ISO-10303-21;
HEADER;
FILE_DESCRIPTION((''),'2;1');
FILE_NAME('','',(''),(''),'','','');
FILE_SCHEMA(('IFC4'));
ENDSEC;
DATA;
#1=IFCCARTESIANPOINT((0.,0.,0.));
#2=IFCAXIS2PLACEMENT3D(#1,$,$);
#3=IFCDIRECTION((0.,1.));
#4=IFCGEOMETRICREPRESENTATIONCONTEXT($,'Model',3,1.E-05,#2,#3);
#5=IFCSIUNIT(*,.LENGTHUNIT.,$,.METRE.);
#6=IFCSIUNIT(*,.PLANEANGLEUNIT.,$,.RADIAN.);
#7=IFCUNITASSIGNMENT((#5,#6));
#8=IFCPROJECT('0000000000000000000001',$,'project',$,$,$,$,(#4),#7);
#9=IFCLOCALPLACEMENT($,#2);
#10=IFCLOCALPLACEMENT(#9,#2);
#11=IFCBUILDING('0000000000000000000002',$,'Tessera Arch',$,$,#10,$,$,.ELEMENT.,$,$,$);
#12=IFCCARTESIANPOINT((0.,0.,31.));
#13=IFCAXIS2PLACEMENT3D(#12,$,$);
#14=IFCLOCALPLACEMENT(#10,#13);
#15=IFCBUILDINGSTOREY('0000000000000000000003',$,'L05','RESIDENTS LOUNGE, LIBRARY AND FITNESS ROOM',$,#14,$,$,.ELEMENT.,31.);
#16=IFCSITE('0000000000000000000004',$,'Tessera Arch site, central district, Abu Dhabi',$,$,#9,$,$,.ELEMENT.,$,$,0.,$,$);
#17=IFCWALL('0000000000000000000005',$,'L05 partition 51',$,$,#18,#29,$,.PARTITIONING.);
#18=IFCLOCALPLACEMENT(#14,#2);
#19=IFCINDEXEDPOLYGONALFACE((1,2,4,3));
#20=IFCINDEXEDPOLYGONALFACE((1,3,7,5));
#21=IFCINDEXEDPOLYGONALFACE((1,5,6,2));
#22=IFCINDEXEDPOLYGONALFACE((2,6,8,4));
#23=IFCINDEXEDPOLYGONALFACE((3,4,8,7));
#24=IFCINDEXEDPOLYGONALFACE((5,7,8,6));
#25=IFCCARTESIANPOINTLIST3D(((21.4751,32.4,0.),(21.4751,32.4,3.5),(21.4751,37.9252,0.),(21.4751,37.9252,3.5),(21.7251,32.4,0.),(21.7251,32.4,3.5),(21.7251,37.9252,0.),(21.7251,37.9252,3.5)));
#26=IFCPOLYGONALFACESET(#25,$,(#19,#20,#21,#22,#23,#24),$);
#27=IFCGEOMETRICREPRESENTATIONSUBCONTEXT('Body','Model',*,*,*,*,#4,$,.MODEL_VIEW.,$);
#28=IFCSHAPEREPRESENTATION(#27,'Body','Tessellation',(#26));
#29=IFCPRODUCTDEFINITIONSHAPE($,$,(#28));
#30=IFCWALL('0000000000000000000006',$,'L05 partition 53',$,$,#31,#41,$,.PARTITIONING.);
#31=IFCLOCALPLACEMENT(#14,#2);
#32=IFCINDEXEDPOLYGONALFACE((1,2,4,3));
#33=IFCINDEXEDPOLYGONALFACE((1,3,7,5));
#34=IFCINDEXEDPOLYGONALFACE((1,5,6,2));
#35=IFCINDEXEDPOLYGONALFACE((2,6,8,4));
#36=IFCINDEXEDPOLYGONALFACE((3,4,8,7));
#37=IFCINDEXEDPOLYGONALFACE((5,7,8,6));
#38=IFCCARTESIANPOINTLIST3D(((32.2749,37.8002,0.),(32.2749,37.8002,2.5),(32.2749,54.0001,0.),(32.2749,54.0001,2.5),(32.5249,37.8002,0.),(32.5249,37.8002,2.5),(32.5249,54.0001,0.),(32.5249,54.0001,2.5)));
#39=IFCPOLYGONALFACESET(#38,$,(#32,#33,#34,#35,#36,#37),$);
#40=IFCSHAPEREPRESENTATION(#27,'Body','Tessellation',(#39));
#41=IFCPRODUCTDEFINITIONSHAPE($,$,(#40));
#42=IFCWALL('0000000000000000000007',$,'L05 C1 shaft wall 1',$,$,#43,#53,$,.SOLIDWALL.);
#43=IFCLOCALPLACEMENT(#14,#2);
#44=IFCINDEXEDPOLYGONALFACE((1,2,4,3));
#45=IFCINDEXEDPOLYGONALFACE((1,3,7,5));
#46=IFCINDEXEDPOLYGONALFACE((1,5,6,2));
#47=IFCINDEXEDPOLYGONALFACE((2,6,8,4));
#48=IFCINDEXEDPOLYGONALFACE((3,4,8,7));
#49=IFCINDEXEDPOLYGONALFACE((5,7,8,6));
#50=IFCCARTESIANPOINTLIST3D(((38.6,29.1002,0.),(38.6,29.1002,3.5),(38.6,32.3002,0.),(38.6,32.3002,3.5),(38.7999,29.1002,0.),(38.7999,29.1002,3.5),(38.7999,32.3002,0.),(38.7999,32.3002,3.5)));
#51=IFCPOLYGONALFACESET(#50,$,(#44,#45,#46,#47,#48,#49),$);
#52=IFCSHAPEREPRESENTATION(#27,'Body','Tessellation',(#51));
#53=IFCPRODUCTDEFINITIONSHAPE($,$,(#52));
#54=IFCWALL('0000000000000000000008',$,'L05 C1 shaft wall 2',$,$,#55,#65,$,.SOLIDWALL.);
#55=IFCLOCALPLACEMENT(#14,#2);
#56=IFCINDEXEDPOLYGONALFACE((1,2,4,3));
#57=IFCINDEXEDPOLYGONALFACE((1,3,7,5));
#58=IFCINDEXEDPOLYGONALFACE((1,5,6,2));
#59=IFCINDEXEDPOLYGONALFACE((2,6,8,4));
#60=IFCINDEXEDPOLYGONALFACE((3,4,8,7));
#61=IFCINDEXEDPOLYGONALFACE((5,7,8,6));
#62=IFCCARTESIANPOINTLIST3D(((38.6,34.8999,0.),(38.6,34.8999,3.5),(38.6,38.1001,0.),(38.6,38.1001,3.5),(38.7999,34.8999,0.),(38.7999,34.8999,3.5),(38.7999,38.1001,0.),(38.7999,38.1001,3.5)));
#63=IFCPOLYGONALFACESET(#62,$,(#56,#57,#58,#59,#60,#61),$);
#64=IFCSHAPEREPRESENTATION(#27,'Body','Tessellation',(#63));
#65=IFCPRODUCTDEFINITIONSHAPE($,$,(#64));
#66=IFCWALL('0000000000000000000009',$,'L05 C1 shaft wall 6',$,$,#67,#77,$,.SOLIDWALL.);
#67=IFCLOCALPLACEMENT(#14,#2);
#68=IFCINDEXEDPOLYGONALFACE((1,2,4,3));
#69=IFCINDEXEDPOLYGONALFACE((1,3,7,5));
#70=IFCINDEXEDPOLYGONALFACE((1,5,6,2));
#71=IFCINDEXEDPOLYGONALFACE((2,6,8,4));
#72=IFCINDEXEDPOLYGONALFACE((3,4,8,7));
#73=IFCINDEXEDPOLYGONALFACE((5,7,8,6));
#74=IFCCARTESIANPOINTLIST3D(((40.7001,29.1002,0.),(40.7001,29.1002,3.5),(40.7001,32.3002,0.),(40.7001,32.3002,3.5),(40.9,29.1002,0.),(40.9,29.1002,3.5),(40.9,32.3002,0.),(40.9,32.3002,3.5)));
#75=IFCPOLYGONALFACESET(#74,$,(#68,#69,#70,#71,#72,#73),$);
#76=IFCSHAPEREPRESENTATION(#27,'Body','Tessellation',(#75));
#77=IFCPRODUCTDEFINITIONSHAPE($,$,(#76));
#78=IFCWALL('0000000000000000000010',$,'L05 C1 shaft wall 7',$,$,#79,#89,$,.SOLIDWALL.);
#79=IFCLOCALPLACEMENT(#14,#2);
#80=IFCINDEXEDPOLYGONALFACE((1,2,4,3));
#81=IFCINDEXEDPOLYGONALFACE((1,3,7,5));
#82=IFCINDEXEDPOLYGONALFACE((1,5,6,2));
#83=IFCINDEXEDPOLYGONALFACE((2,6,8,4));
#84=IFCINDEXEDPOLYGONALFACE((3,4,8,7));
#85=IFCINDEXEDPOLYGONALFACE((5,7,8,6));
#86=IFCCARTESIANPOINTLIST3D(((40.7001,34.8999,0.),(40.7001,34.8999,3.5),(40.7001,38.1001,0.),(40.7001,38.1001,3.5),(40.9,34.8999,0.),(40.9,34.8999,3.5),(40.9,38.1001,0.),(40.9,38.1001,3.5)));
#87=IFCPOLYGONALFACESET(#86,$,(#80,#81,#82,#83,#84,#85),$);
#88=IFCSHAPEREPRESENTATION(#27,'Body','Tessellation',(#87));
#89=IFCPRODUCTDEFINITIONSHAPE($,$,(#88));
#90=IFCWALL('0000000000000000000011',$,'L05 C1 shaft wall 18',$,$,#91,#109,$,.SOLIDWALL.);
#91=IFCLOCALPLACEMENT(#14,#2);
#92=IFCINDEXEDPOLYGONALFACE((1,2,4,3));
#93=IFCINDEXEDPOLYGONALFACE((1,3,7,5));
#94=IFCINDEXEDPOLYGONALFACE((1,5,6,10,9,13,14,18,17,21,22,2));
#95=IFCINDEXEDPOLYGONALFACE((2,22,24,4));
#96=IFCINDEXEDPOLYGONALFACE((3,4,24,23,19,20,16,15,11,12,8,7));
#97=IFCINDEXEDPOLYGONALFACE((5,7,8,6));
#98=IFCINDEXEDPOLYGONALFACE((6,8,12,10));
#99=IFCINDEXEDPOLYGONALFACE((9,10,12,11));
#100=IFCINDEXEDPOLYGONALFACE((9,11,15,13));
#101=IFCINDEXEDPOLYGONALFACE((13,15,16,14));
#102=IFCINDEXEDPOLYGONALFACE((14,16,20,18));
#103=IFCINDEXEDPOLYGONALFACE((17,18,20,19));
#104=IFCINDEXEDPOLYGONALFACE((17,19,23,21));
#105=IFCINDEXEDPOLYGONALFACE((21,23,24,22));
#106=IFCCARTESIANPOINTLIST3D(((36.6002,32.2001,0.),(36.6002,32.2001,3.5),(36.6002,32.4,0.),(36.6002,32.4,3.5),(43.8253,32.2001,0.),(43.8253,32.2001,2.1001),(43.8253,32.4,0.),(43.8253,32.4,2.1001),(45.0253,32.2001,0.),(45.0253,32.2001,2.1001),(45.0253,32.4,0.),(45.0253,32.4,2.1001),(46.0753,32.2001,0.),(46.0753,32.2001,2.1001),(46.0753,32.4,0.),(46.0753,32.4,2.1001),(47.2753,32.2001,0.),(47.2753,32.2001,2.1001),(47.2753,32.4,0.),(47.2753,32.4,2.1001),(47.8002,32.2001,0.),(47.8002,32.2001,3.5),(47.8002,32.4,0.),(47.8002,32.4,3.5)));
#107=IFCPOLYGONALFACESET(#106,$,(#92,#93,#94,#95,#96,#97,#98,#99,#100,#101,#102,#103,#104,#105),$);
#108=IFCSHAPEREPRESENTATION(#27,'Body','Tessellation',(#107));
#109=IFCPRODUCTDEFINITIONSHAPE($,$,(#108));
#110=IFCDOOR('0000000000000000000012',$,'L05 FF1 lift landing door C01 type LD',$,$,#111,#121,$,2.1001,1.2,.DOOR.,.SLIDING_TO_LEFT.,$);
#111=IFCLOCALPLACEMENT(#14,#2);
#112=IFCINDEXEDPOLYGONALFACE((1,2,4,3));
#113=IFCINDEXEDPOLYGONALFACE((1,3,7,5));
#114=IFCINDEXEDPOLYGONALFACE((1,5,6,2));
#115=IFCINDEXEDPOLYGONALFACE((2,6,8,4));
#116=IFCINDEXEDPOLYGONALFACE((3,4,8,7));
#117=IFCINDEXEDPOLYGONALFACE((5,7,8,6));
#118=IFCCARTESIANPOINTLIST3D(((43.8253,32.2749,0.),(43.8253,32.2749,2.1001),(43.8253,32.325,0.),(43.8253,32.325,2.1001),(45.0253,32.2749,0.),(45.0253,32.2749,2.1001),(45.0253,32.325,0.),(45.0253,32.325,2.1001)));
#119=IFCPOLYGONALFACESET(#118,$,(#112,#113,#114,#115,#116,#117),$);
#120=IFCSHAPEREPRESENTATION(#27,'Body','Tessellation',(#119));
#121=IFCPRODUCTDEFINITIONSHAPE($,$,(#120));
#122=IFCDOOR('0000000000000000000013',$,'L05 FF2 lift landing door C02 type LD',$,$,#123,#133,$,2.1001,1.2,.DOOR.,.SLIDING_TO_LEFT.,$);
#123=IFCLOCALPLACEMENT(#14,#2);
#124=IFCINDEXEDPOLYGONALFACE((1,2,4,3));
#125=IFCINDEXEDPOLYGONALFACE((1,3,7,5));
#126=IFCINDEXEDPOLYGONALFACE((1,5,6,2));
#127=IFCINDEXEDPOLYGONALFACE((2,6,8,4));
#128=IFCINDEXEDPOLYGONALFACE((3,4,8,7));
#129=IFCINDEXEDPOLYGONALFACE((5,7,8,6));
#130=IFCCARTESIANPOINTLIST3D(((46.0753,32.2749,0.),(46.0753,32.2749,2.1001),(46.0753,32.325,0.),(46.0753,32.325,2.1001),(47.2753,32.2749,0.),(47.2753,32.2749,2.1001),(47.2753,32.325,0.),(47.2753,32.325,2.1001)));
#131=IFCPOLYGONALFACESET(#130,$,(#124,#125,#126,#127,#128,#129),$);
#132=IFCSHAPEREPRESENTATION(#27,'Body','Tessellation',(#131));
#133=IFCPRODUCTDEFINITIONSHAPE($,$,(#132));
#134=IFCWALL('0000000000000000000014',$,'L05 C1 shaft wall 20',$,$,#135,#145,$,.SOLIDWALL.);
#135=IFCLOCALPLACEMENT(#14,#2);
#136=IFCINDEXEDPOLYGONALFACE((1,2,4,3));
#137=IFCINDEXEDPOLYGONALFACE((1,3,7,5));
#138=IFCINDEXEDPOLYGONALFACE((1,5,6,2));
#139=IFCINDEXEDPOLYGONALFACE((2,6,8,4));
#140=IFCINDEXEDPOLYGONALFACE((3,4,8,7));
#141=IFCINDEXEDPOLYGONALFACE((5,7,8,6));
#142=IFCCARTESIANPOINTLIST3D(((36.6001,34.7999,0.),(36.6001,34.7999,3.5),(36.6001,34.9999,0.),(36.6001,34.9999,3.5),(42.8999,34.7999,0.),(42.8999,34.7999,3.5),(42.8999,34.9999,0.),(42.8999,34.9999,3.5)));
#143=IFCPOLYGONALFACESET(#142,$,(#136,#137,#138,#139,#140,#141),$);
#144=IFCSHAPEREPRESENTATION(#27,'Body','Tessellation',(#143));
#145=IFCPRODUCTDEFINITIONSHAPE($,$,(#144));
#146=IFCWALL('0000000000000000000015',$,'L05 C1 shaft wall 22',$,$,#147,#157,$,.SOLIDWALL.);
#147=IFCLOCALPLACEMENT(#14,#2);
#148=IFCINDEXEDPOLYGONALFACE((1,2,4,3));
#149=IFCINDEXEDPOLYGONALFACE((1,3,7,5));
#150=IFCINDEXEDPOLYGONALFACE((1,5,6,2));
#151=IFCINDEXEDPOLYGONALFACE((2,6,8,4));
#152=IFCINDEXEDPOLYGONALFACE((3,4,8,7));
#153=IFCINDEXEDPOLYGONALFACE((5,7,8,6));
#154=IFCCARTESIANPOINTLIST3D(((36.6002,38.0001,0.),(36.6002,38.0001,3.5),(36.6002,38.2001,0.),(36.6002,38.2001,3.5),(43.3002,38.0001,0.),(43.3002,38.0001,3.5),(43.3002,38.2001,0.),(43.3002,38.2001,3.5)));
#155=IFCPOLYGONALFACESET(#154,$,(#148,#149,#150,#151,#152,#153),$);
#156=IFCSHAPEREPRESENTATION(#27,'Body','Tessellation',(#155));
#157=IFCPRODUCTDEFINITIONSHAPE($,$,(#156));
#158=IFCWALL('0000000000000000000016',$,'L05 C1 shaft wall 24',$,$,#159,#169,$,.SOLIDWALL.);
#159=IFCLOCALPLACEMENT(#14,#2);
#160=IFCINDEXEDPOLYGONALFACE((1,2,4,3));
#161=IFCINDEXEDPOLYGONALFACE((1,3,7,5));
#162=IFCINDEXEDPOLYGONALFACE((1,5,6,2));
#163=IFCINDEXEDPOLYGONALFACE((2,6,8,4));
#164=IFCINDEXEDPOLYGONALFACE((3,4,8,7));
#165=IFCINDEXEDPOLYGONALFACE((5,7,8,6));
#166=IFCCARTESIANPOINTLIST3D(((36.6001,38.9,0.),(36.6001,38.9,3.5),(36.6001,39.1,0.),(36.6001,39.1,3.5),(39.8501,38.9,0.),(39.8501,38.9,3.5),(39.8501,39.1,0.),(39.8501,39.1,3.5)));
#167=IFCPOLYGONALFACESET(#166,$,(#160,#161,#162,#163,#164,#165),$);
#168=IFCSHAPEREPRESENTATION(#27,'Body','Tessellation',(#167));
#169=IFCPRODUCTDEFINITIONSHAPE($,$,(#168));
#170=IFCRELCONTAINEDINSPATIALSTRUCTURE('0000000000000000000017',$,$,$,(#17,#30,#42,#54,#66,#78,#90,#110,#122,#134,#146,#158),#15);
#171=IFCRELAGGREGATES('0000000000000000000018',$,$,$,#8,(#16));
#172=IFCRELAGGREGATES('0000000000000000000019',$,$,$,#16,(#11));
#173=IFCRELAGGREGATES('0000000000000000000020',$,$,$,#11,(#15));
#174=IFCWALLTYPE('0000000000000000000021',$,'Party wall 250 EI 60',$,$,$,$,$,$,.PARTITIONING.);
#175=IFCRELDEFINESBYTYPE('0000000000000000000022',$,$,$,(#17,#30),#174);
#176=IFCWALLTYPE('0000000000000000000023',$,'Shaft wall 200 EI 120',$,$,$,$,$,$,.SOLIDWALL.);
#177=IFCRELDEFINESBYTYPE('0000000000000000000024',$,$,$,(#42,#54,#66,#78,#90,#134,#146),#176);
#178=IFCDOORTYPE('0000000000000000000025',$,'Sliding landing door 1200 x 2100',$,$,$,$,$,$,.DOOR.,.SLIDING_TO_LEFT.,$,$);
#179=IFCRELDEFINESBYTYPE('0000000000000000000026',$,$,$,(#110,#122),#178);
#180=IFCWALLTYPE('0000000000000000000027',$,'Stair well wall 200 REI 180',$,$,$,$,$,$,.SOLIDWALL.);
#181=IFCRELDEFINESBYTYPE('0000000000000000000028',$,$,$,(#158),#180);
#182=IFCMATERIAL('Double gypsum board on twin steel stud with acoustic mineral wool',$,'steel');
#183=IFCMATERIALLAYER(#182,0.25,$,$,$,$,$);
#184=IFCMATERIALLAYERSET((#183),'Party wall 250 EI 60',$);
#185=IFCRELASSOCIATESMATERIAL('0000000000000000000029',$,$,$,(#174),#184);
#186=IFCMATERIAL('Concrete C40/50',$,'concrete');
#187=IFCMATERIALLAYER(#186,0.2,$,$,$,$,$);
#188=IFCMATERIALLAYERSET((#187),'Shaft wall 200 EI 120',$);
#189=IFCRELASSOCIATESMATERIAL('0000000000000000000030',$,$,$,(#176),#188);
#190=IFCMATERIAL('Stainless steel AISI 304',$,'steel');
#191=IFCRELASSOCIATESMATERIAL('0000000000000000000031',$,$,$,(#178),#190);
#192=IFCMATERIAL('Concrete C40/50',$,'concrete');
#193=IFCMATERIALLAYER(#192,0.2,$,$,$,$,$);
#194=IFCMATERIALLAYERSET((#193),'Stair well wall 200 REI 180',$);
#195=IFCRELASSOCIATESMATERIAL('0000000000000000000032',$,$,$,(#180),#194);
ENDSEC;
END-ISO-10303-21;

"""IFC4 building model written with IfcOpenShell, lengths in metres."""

from ifc_helpers import new_model, si_unit, direction, frame, frame_2d, origin, place, context, subcontext, project, spatial, rectangle, extrude, material, layer, layer_set, type_object, element, fill, save


model = new_model("IFC4")

# Units and contexts
model_context = context("Model", 3, precision=1e-05, world=origin(), true_north=direction((0.0, 1.0)))
body_context = subcontext(model_context, "Body", "Model", "MODEL_VIEW")
ifc_project = project(units=[si_unit("LENGTHUNIT", "METRE"), si_unit("PLANEANGLEUNIT", "RADIAN")], contexts=[model_context])

# Site, building, storey
site_placement = place(None, origin())
site = spatial("IfcSite", under=ifc_project, at=site_placement, Name="Tessera Arch site, central district, Abu Dhabi", CompositionType="ELEMENT", RefElevation=0.0)
building_placement = place(site_placement, origin())
building = spatial("IfcBuilding", under=site, at=building_placement, Name="Tessera Arch", CompositionType="ELEMENT")
storey_placement = place(building_placement, frame((0.0, 0.0, 31.0)))
storey = spatial("IfcBuildingStorey", under=building, at=storey_placement, Name="L05", Description="RESIDENTS LOUNGE, LIBRARY AND FITNESS ROOM", CompositionType="ELEMENT", Elevation=31.0)

# Walls
ifc_material_1 = material(Name="Double gypsum board on twin steel stud with acoustic mineral wool", Category="steel")
ifc_layer_1 = layer(ifc_material_1, 0.25)
ifc_layer_set_1 = layer_set([ifc_layer_1], Name="Party wall 250 EI 60")
wall_type_1 = type_object("IfcWallType", Name="Party wall 250 EI 60", PredefinedType="PARTITIONING", material=ifc_layer_set_1)
wall_1_placement = place(storey_placement, frame((21.6001, 32.3999, 0.0), z_axis=(0.0, 0.0, 1.0), x_axis=(0.0, 1.0, 0.0)))
element("IfcWall", 1, at=wall_1_placement, inside=storey, type_object=wall_type_1, Name="L05 partition 51", PredefinedType="PARTITIONING", context=body_context, shape_type="SweptSolid", body=[
    extrude(rectangle(XDim=5.5251, YDim=0.25, at=frame_2d((2.7627, 0.0))), origin(), (0.0, 0.0, 1.0), 3.5),
])
wall_2_placement = place(storey_placement, frame((32.3999, 37.8, 0.0), z_axis=(0.0, 0.0, 1.0), x_axis=(0.0, 1.0, 0.0)))
element("IfcWall", 2, at=wall_2_placement, inside=storey, type_object=wall_type_1, Name="L05 partition 53", PredefinedType="PARTITIONING", context=body_context, shape_type="SweptSolid", body=[
    extrude(rectangle(XDim=16.2, YDim=0.25, at=frame_2d((8.1001, 0.0))), origin(), (0.0, 0.0, 1.0), 2.5),
])
ifc_material_2 = material(Name="Concrete C40/50", Category="concrete")
ifc_layer_2 = layer(ifc_material_2, 0.2)
ifc_layer_set_2 = layer_set([ifc_layer_2], Name="Shaft wall 200 EI 120")
wall_type_2 = type_object("IfcWallType", Name="Shaft wall 200 EI 120", PredefinedType="SOLIDWALL", material=ifc_layer_set_2)
wall_3_placement = place(storey_placement, frame((38.7, 29.1001, 0.0), z_axis=(0.0, 0.0, 1.0), x_axis=(0.0, 1.0, 0.0)))
element("IfcWall", 3, at=wall_3_placement, inside=storey, type_object=wall_type_2, Name="L05 C1 shaft wall 1", PredefinedType="SOLIDWALL", context=body_context, shape_type="SweptSolid", body=[
    extrude(rectangle(XDim=3.2, YDim=0.2, at=frame_2d((1.6001, 0.0))), origin(), (0.0, 0.0, 1.0), 3.5),
])
wall_4_placement = place(storey_placement, frame((38.7, 34.8999, 0.0), z_axis=(0.0, 0.0, 1.0), x_axis=(0.0, 1.0, 0.0)))
element("IfcWall", 4, at=wall_4_placement, inside=storey, type_object=wall_type_2, Name="L05 C1 shaft wall 2", PredefinedType="SOLIDWALL", context=body_context, shape_type="SweptSolid", body=[
    extrude(rectangle(XDim=3.2002, YDim=0.2, at=frame_2d((1.6001, 0.0))), origin(), (0.0, 0.0, 1.0), 3.5),
])
wall_5_placement = place(storey_placement, frame((40.8, 29.1001, 0.0), z_axis=(0.0, 0.0, 1.0), x_axis=(0.0, 1.0, 0.0)))
element("IfcWall", 5, at=wall_5_placement, inside=storey, type_object=wall_type_2, Name="L05 C1 shaft wall 6", PredefinedType="SOLIDWALL", context=body_context, shape_type="SweptSolid", body=[
    extrude(rectangle(XDim=3.2, YDim=0.2, at=frame_2d((1.6001, 0.0))), origin(), (0.0, 0.0, 1.0), 3.5),
])
wall_6_placement = place(storey_placement, frame((40.8, 34.8999, 0.0), z_axis=(0.0, 0.0, 1.0), x_axis=(0.0, 1.0, 0.0)))
element("IfcWall", 6, at=wall_6_placement, inside=storey, type_object=wall_type_2, Name="L05 C1 shaft wall 7", PredefinedType="SOLIDWALL", context=body_context, shape_type="SweptSolid", body=[
    extrude(rectangle(XDim=3.2002, YDim=0.2, at=frame_2d((1.6001, 0.0))), origin(), (0.0, 0.0, 1.0), 3.5),
])

# Wall, openings, doors
wall_7_placement = place(storey_placement, frame((36.6001, 32.3, 0.0), z_axis=(0.0, 0.0, 1.0), x_axis=(1.0, 0.0, 0.0)))
wall_7 = element("IfcWall", 7, at=wall_7_placement, inside=storey, type_object=wall_type_2, Name="L05 C1 shaft wall 18", PredefinedType="SOLIDWALL", context=body_context, shape_type="SweptSolid", body=[
    extrude(rectangle(XDim=11.2, YDim=0.2, at=frame_2d((5.6001, 0.0))), origin(), (0.0, 0.0, 1.0), 3.5),
])
opening_1_placement = place(wall_7_placement, frame((7.2251, 0.0, 0.0)))
opening_1 = element("IfcOpeningElement", 8, at=opening_1_placement, cuts=wall_7, PredefinedType="OPENING", context=body_context, shape_type="SweptSolid", body=[
    extrude(rectangle(XDim=1.2, YDim=2.1001, at=frame_2d((0.6001, 1.05))), frame((0.0, 0.1099, 0.0), z_axis=(0.0, -1.0, 0.0), x_axis=(1.0, 0.0, 0.0)), (0.0, 0.0, 1.0), 0.22),
])
opening_2_placement = place(wall_7_placement, frame((9.4751, 0.0, 0.0)))
opening_2 = element("IfcOpeningElement", 9, at=opening_2_placement, cuts=wall_7, PredefinedType="OPENING", context=body_context, shape_type="SweptSolid", body=[
    extrude(rectangle(XDim=1.2, YDim=2.1001, at=frame_2d((0.6001, 1.05))), frame((0.0, 0.1099, 0.0), z_axis=(0.0, -1.0, 0.0), x_axis=(1.0, 0.0, 0.0)), (0.0, 0.0, 1.0), 0.22),
])
ifc_material_3 = material(Name="Stainless steel AISI 304", Category="steel")
door_type_1 = type_object("IfcDoorType", Name="Sliding landing door 1200 x 2100", OperationType="SLIDING_TO_LEFT", PredefinedType="DOOR", material=ifc_material_3)
door_1_placement = place(opening_1_placement, origin())
door_1 = element("IfcDoor", 10, at=door_1_placement, inside=storey, type_object=door_type_1, Name="L05 FF1 lift landing door C01 type LD", OperationType="SLIDING_TO_LEFT", OverallHeight=2.1001, OverallWidth=1.2, PredefinedType="DOOR", context=body_context, shape_type="SweptSolid", body=[
    extrude(rectangle(XDim=1.2, YDim=2.1001, at=frame_2d((0.6001, 1.05))), frame((0.0, 0.0249, 0.0), z_axis=(0.0, -1.0, 0.0), x_axis=(1.0, 0.0, 0.0)), (0.0, 0.0, 1.0), 0.05),
])
fill(opening_1, door_1)
door_2_placement = place(opening_2_placement, origin())
door_2 = element("IfcDoor", 11, at=door_2_placement, inside=storey, type_object=door_type_1, Name="L05 FF2 lift landing door C02 type LD", OperationType="SLIDING_TO_LEFT", OverallHeight=2.1001, OverallWidth=1.2, PredefinedType="DOOR", context=body_context, shape_type="SweptSolid", body=[
    extrude(rectangle(XDim=1.2, YDim=2.1001, at=frame_2d((0.6001, 1.05))), frame((0.0, 0.0249, 0.0), z_axis=(0.0, -1.0, 0.0), x_axis=(1.0, 0.0, 0.0)), (0.0, 0.0, 1.0), 0.05),
])
fill(opening_2, door_2)

# Walls
wall_8_placement = place(storey_placement, frame((36.6001, 34.8999, 0.0), z_axis=(0.0, 0.0, 1.0), x_axis=(1.0, 0.0, 0.0)))
element("IfcWall", 12, at=wall_8_placement, inside=storey, type_object=wall_type_2, Name="L05 C1 shaft wall 20", PredefinedType="SOLIDWALL", context=body_context, shape_type="SweptSolid", body=[
    extrude(rectangle(XDim=6.2998, YDim=0.2, at=frame_2d((3.1499, 0.0))), origin(), (0.0, 0.0, 1.0), 3.5),
])
wall_9_placement = place(storey_placement, frame((36.6001, 38.1001, 0.0), z_axis=(0.0, 0.0, 1.0), x_axis=(1.0, 0.0, 0.0)))
element("IfcWall", 13, at=wall_9_placement, inside=storey, type_object=wall_type_2, Name="L05 C1 shaft wall 22", PredefinedType="SOLIDWALL", context=body_context, shape_type="SweptSolid", body=[
    extrude(rectangle(XDim=6.7, YDim=0.2, at=frame_2d((3.3501, 0.0))), origin(), (0.0, 0.0, 1.0), 3.5),
])
ifc_material_4 = material(Name="Concrete C40/50", Category="concrete")
ifc_layer_3 = layer(ifc_material_4, 0.2)
ifc_layer_set_3 = layer_set([ifc_layer_3], Name="Stair well wall 200 REI 180")
wall_type_3 = type_object("IfcWallType", Name="Stair well wall 200 REI 180", PredefinedType="SOLIDWALL", material=ifc_layer_set_3)
wall_10_placement = place(storey_placement, frame((36.6001, 39.0, 0.0), z_axis=(0.0, 0.0, 1.0), x_axis=(1.0, 0.0, 0.0)))
element("IfcWall", 14, at=wall_10_placement, inside=storey, type_object=wall_type_3, Name="L05 C1 shaft wall 24", PredefinedType="SOLIDWALL", context=body_context, shape_type="SweptSolid", body=[
    extrude(rectangle(XDim=3.25, YDim=0.2, at=frame_2d((1.625, 0.0))), origin(), (0.0, 0.0, 1.0), 3.5),
])

save(model, "model.ifc")
